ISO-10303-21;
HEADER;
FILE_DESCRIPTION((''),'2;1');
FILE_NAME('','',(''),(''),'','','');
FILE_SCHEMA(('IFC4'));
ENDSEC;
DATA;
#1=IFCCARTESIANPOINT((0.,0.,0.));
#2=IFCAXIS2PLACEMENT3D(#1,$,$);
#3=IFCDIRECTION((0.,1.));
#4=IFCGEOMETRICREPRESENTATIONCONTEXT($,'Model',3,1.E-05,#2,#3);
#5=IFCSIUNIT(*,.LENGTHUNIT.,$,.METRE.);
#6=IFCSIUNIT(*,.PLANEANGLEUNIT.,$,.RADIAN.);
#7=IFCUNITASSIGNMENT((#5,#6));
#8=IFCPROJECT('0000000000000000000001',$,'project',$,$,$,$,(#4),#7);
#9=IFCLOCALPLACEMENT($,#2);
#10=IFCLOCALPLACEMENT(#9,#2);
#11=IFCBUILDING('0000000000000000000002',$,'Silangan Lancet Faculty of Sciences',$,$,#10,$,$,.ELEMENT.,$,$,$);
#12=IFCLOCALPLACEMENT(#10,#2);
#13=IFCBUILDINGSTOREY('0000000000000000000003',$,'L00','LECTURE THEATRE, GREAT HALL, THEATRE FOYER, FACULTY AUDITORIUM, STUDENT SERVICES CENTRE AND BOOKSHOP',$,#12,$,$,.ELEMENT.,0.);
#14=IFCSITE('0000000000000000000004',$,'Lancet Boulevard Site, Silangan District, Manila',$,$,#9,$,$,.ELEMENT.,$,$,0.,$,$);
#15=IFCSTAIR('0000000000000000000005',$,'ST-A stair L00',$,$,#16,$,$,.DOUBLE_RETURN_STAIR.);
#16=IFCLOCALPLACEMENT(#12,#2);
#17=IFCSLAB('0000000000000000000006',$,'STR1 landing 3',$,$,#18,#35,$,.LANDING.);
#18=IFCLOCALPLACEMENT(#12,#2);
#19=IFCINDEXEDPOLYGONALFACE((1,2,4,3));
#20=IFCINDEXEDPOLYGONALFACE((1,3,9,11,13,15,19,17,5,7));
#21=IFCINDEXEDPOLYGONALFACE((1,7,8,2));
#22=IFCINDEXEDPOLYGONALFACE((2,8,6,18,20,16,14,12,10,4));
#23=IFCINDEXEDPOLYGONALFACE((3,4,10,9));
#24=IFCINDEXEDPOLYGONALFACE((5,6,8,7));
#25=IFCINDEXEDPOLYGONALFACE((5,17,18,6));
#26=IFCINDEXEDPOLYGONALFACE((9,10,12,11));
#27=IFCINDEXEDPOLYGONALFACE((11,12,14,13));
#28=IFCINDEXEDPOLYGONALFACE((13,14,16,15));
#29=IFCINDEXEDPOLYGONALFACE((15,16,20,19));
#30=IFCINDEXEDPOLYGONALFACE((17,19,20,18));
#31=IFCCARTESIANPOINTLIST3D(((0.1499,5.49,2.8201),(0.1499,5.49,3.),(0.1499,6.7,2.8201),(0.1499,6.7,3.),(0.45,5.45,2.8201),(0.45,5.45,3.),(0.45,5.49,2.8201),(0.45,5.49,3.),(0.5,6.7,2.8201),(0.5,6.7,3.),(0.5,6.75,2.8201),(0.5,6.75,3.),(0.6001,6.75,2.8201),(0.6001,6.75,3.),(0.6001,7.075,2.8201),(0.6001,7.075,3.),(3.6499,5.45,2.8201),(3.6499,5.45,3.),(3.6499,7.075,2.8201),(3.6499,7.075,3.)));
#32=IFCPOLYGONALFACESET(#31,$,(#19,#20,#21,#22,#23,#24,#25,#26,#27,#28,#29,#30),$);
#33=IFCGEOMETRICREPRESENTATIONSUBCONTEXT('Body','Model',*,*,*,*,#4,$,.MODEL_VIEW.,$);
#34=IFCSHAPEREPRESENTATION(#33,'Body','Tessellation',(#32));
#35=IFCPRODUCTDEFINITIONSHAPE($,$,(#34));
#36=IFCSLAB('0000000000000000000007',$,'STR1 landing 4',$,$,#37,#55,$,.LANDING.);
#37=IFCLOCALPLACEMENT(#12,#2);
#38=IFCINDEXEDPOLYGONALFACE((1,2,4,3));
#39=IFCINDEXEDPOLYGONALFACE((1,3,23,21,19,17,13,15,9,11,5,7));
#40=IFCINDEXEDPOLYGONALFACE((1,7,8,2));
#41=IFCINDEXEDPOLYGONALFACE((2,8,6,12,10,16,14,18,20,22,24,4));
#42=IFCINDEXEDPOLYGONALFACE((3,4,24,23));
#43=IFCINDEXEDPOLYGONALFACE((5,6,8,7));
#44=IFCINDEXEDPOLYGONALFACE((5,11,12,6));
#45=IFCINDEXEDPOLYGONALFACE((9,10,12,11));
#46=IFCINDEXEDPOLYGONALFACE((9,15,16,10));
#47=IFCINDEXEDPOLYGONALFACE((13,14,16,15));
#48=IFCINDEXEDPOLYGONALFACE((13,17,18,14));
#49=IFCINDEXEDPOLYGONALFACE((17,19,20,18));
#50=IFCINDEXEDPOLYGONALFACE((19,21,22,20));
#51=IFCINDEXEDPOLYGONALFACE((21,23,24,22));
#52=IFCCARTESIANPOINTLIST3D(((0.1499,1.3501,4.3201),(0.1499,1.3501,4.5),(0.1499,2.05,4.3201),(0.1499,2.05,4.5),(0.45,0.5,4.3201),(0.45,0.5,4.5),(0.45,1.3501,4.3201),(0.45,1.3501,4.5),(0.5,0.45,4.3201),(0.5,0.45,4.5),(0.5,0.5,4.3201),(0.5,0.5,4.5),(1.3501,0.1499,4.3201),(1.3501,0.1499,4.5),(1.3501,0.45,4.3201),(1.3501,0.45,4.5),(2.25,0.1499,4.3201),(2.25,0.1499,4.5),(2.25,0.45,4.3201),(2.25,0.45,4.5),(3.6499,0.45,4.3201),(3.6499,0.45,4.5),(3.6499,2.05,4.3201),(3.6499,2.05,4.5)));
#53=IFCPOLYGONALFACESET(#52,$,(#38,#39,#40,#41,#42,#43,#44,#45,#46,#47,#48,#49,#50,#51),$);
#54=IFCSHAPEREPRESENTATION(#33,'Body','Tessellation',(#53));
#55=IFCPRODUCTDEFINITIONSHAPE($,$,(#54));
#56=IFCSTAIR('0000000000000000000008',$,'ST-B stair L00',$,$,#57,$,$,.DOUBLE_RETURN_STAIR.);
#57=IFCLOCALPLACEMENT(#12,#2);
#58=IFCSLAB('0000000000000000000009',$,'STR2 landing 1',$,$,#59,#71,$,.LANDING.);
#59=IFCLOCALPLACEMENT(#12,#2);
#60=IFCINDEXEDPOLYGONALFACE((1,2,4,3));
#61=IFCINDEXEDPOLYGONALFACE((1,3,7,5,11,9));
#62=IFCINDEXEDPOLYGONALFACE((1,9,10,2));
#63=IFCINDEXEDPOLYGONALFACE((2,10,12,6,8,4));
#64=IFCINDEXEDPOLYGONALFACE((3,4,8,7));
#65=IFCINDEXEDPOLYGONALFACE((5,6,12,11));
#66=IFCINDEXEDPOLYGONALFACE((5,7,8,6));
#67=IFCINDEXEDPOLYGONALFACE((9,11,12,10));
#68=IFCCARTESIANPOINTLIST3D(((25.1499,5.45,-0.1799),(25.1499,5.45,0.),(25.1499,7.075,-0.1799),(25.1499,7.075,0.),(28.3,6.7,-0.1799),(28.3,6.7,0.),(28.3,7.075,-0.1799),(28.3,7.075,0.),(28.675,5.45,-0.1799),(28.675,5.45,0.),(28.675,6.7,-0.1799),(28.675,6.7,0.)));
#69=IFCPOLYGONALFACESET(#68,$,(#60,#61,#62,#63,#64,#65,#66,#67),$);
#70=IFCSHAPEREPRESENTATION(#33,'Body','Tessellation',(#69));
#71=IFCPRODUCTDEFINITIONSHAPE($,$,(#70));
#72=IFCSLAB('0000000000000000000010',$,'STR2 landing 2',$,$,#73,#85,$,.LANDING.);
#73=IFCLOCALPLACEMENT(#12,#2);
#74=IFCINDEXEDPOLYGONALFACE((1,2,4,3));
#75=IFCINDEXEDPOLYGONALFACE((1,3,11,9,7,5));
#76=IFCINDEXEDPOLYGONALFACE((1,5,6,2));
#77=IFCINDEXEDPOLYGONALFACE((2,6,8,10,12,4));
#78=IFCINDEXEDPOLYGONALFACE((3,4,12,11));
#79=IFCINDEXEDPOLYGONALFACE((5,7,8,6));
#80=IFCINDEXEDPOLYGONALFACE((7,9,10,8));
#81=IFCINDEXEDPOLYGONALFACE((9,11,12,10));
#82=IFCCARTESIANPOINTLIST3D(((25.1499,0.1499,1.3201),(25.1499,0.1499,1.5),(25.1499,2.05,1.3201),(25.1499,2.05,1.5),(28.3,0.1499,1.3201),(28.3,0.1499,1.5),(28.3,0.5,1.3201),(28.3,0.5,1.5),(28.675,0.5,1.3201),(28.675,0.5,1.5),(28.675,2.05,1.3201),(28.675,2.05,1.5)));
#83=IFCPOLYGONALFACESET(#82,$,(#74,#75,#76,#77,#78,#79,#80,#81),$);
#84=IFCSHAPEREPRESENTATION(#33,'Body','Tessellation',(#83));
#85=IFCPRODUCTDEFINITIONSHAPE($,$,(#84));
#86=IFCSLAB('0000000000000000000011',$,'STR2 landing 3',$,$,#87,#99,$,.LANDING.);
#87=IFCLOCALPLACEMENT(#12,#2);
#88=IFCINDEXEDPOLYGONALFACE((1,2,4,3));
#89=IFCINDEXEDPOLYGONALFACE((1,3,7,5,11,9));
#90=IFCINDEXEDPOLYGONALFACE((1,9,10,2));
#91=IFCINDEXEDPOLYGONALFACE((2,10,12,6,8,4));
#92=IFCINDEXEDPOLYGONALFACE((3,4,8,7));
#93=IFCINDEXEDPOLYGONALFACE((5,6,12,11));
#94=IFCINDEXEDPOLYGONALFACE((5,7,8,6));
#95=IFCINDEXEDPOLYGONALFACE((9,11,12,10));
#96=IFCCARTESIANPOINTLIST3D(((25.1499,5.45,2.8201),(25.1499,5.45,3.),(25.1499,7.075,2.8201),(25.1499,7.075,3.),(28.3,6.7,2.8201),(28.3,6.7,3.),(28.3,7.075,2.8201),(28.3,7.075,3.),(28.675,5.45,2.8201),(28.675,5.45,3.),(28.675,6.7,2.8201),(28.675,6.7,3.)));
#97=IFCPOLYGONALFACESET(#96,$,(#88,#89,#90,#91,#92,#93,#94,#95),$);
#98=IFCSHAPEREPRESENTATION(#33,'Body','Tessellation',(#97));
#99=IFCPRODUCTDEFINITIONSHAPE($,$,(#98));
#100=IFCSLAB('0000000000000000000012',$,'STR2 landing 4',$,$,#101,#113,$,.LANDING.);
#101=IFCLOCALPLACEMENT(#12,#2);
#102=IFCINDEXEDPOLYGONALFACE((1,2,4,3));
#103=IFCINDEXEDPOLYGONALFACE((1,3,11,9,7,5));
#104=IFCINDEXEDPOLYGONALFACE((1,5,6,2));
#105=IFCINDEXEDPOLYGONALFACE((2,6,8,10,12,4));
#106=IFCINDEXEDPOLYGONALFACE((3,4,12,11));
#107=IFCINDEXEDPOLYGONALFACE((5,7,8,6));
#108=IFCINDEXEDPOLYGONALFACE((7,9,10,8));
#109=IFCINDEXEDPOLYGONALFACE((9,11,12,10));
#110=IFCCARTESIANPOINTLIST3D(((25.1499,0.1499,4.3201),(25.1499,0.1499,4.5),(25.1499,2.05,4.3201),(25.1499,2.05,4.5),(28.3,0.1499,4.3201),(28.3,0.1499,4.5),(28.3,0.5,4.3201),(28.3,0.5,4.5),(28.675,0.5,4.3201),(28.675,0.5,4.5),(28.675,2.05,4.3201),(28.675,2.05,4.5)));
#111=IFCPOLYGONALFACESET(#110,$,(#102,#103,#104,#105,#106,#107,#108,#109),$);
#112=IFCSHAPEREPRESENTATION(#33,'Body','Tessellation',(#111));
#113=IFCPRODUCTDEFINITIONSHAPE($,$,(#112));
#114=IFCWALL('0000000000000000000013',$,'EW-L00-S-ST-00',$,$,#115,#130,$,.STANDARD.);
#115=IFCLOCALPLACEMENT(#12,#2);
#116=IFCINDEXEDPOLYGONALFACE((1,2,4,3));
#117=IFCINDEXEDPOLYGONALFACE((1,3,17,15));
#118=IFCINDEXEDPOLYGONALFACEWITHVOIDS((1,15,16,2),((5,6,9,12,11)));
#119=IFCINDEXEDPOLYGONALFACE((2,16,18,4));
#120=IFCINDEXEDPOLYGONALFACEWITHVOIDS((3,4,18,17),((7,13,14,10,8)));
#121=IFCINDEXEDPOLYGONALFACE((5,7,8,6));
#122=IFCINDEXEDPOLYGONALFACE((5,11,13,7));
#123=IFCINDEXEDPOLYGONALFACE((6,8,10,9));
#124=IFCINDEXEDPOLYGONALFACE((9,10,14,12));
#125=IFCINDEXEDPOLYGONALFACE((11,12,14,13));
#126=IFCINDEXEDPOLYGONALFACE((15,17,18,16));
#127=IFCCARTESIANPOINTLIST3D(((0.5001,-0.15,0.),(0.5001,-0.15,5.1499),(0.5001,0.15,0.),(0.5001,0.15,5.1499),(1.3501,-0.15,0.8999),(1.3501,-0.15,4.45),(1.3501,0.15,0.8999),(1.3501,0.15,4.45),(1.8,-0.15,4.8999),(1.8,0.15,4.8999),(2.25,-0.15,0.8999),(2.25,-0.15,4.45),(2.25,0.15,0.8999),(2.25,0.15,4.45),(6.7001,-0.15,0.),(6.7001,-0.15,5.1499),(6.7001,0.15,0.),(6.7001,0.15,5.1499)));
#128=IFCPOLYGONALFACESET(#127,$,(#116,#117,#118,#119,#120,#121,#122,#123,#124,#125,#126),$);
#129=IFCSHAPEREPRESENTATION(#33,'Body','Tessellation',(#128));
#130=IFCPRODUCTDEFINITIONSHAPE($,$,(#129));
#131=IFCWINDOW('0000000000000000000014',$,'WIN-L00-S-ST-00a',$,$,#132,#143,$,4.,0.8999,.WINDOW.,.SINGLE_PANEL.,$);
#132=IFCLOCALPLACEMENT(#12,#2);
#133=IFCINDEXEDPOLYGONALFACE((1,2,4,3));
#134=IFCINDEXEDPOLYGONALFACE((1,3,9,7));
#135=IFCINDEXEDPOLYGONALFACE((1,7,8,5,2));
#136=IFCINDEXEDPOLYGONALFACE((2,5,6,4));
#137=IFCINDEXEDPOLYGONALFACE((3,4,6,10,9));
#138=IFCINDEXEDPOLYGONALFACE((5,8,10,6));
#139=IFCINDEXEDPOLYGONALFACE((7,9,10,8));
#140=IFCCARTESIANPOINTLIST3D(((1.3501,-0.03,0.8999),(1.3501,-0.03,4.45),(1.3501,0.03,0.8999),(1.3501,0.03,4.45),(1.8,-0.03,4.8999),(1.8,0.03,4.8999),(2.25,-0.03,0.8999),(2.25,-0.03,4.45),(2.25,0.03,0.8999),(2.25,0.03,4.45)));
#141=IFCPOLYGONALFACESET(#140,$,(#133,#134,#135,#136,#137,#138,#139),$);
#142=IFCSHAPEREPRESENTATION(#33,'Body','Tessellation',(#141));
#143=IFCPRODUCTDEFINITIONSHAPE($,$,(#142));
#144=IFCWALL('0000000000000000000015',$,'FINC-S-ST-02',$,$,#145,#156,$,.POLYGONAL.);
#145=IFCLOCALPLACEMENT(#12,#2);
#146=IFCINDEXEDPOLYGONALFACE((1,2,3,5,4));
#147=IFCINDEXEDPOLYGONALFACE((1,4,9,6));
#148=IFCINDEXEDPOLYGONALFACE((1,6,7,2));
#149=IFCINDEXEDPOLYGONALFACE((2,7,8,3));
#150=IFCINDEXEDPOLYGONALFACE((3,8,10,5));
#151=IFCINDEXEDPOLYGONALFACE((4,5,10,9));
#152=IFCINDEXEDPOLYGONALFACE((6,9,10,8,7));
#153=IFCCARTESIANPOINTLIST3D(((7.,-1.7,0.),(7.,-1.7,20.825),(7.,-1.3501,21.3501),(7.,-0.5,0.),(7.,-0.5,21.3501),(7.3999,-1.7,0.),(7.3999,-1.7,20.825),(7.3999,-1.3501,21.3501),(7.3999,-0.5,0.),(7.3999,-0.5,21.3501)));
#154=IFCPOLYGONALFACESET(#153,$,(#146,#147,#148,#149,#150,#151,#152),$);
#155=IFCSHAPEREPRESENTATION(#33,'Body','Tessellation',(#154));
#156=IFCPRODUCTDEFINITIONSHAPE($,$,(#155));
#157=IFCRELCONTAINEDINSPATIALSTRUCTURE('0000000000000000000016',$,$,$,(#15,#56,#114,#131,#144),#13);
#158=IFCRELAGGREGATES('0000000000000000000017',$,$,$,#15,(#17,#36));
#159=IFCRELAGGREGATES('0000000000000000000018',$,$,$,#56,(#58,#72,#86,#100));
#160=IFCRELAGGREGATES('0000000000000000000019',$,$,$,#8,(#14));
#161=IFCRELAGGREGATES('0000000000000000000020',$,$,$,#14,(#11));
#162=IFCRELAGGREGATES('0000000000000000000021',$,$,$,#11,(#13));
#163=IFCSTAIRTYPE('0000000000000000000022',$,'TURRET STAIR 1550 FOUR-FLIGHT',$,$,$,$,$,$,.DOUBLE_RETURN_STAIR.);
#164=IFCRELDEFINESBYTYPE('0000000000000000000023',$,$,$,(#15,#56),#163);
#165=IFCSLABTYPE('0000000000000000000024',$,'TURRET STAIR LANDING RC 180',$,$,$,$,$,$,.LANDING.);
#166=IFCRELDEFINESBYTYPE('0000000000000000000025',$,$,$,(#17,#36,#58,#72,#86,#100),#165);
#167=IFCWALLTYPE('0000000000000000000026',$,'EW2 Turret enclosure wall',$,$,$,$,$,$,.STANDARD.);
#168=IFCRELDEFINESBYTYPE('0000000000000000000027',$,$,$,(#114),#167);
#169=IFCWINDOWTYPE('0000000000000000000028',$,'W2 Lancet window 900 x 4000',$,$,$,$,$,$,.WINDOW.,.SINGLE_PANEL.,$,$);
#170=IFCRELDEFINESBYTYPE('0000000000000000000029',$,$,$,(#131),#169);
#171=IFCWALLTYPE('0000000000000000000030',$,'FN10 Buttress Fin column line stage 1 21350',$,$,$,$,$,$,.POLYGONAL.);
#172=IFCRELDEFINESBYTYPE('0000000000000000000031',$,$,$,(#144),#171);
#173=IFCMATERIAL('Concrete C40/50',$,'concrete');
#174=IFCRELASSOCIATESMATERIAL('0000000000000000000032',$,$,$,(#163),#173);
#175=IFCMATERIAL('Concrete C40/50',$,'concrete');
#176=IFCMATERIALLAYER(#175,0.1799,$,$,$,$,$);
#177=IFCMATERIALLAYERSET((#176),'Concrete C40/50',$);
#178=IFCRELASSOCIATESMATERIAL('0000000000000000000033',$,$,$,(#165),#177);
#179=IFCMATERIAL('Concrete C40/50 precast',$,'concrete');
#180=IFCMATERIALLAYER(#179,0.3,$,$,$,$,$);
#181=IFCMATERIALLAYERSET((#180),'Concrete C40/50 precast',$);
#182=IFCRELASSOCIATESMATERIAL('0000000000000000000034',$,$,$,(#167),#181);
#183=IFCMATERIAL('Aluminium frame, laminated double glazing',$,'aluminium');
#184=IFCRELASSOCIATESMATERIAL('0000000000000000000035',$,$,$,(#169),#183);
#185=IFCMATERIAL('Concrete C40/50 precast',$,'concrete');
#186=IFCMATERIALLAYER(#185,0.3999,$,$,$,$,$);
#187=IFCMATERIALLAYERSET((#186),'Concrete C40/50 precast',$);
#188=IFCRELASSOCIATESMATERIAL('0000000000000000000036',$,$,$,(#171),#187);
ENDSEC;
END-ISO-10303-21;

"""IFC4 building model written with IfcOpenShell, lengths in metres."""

from ifc_helpers import new_model, si_unit, direction, frame, frame_2d, origin, place, context, subcontext, project, spatial, polyline, rectangle, outline, extrude, material, layer, layer_set, type_object, element, fill, aggregate, save


model = new_model("IFC4")

# Units and contexts
model_context = context("Model", 3, precision=1e-05, world=origin(), true_north=direction((0.0, 1.0)))
body_context = subcontext(model_context, "Body", "Model", "MODEL_VIEW")
ifc_project = project(units=[si_unit("LENGTHUNIT", "METRE"), si_unit("PLANEANGLEUNIT", "RADIAN")], contexts=[model_context])

# Site, building, storey
site_placement = place(None, origin())
site = spatial("IfcSite", under=ifc_project, at=site_placement, Name="Lancet Boulevard Site, Silangan District, Manila", CompositionType="ELEMENT", RefElevation=0.0)
building_placement = place(site_placement, origin())
building = spatial("IfcBuilding", under=site, at=building_placement, Name="Silangan Lancet Faculty of Sciences", CompositionType="ELEMENT")
storey_placement = place(building_placement, origin())
storey = spatial("IfcBuildingStorey", under=building, at=storey_placement, Name="L00", Description="LECTURE THEATRE, GREAT HALL, THEATRE FOYER, FACULTY AUDITORIUM, STUDENT SERVICES CENTRE AND BOOKSHOP", CompositionType="ELEMENT", Elevation=0.0)

# Stairs, slabs
ifc_material_1 = material(Name="Concrete C40/50", Category="concrete")
stair_type = type_object("IfcStairType", Name="TURRET STAIR 1550 FOUR-FLIGHT", PredefinedType="DOUBLE_RETURN_STAIR", material=ifc_material_1)
ifc_material_2 = material(Name="Concrete C40/50", Category="concrete")
ifc_layer_1 = layer(ifc_material_2, 0.1799)
ifc_layer_set_1 = layer_set([ifc_layer_1], Name="Concrete C40/50")
slab_type = type_object("IfcSlabType", Name="TURRET STAIR LANDING RC 180", PredefinedType="LANDING", material=ifc_layer_set_1)
stair_1_placement = place(storey_placement, origin())
stair_1 = element("IfcStair", 1, at=stair_1_placement, inside=storey, type_object=stair_type, Name="ST-A stair L00", PredefinedType="DOUBLE_RETURN_STAIR")
slab_1_placement = place(storey_placement, frame((0.0, 0.0, 2.8201)))
slab_1 = element("IfcSlab", 2, at=slab_1_placement, type_object=slab_type, Name="STR1 landing 3", PredefinedType="LANDING", context=body_context, shape_type="SweptSolid", body=[
    extrude(outline(polyline([(0.6001, 6.75), (0.6001, 7.075), (3.6499, 7.075), (3.6499, 5.45), (0.45, 5.45), (0.45, 5.49), (0.1499, 5.49), (0.1499, 6.7), (0.5, 6.7), (0.5, 6.75), (0.6001, 6.75)])), origin(), (0.0, 0.0, 1.0), 0.1799),
])
slab_2_placement = place(storey_placement, frame((0.0, 0.0, 4.3201)))
slab_2 = element("IfcSlab", 3, at=slab_2_placement, type_object=slab_type, Name="STR1 landing 4", PredefinedType="LANDING", context=body_context, shape_type="SweptSolid", body=[
    extrude(outline(polyline([(1.3501, 0.1499), (1.3501, 0.45), (0.5, 0.45), (0.5, 0.5), (0.45, 0.5), (0.45, 1.3501), (0.1499, 1.3501), (0.1499, 2.05), (3.6499, 2.05), (3.6499, 0.45), (2.25, 0.45), (2.25, 0.1499), (1.3501, 0.1499)])), origin(), (0.0, 0.0, 1.0), 0.1799),
])
aggregate(stair_1, [slab_1, slab_2])
stair_2_placement = place(storey_placement, origin())
stair_2 = element("IfcStair", 4, at=stair_2_placement, inside=storey, type_object=stair_type, Name="ST-B stair L00", PredefinedType="DOUBLE_RETURN_STAIR")
slab_3_placement = place(storey_placement, frame((0.0, 0.0, -0.1799)))
slab_3 = element("IfcSlab", 5, at=slab_3_placement, type_object=slab_type, Name="STR2 landing 1", PredefinedType="LANDING", context=body_context, shape_type="SweptSolid", body=[
    extrude(outline(polyline([(28.675, 6.7), (28.675, 5.45), (25.1499, 5.45), (25.1499, 7.075), (28.3, 7.075), (28.3, 6.7), (28.675, 6.7)])), origin(), (0.0, 0.0, 1.0), 0.1799),
])
slab_4_placement = place(storey_placement, frame((0.0, 0.0, 1.3201)))
slab_4 = element("IfcSlab", 6, at=slab_4_placement, type_object=slab_type, Name="STR2 landing 2", PredefinedType="LANDING", context=body_context, shape_type="SweptSolid", body=[
    extrude(outline(polyline([(28.675, 2.05), (28.675, 0.5), (28.3, 0.5), (28.3, 0.1499), (25.1499, 0.1499), (25.1499, 2.05), (28.675, 2.05)])), origin(), (0.0, 0.0, 1.0), 0.1799),
])
slab_5_placement = place(storey_placement, frame((0.0, 0.0, 2.8201)))
slab_5 = element("IfcSlab", 7, at=slab_5_placement, type_object=slab_type, Name="STR2 landing 3", PredefinedType="LANDING", context=body_context, shape_type="SweptSolid", body=[
    extrude(outline(polyline([(28.675, 6.7), (28.675, 5.45), (25.1499, 5.45), (25.1499, 7.075), (28.3, 7.075), (28.3, 6.7), (28.675, 6.7)])), origin(), (0.0, 0.0, 1.0), 0.1799),
])
slab_6_placement = place(storey_placement, frame((0.0, 0.0, 4.3201)))
slab_6 = element("IfcSlab", 8, at=slab_6_placement, type_object=slab_type, Name="STR2 landing 4", PredefinedType="LANDING", context=body_context, shape_type="SweptSolid", body=[
    extrude(outline(polyline([(28.675, 2.05), (28.675, 0.5), (28.3, 0.5), (28.3, 0.1499), (25.1499, 0.1499), (25.1499, 2.05), (28.675, 2.05)])), origin(), (0.0, 0.0, 1.0), 0.1799),
])
aggregate(stair_2, [slab_3, slab_4, slab_5, slab_6])

# Wall, opening, window
ifc_material_3 = material(Name="Concrete C40/50 precast", Category="concrete")
ifc_layer_2 = layer(ifc_material_3, 0.3)
ifc_layer_set_2 = layer_set([ifc_layer_2], Name="Concrete C40/50 precast")
wall_type_1 = type_object("IfcWallType", Name="EW2 Turret enclosure wall", PredefinedType="STANDARD", material=ifc_layer_set_2)
wall_1_placement = place(storey_placement, frame((0.5, 0.0, 0.0), z_axis=(0.0, 0.0, 1.0), x_axis=(1.0, 0.0, 0.0)))
wall_1 = element("IfcWall", 9, at=wall_1_placement, inside=storey, type_object=wall_type_1, Name="EW-L00-S-ST-00", PredefinedType="STANDARD", context=body_context, shape_type="SweptSolid", body=[
    extrude(rectangle(XDim=6.2, YDim=0.3, at=frame_2d((3.1001, 0.0))), origin(), (0.0, 0.0, 1.0), 5.1499),
])
opening_1_placement = place(wall_1_placement, frame((0.8501, 0.0, 0.8999)))
opening_1 = element("IfcOpeningElement", 10, at=opening_1_placement, cuts=wall_1, PredefinedType="OPENING", context=body_context, shape_type="SweptSolid", body=[
    extrude(outline(polyline([(0.0, 0.0), (0.8999, 0.0), (0.8999, 3.55), (0.45, 4.0), (0.0, 3.55), (0.0, 0.0)])), frame((0.0, 0.1599, 0.0), z_axis=(0.0, -1.0, 0.0), x_axis=(1.0, 0.0, 0.0)), (0.0, 0.0, 1.0), 0.3201),
])
ifc_material_4 = material(Name="Aluminium frame, laminated double glazing", Category="aluminium")
window_type = type_object("IfcWindowType", Name="W2 Lancet window 900 x 4000", PartitioningType="SINGLE_PANEL", PredefinedType="WINDOW", material=ifc_material_4)
window_placement = place(opening_1_placement, origin())
window = element("IfcWindow", 11, at=window_placement, inside=storey, type_object=window_type, Name="WIN-L00-S-ST-00a", OverallHeight=4.0, OverallWidth=0.8999, PartitioningType="SINGLE_PANEL", PredefinedType="WINDOW", context=body_context, shape_type="SweptSolid", body=[
    extrude(outline(polyline([(0.0, 0.0), (0.8999, 0.0), (0.8999, 3.55), (0.45, 4.0), (0.0, 3.55), (0.0, 0.0)])), frame((0.0, 0.03, 0.0), z_axis=(0.0, -1.0, 0.0), x_axis=(1.0, 0.0, 0.0)), (0.0, 0.0, 1.0), 0.0601),
])
fill(opening_1, window)

# Wall
ifc_material_5 = material(Name="Concrete C40/50 precast", Category="concrete")
ifc_layer_3 = layer(ifc_material_5, 0.3999)
ifc_layer_set_3 = layer_set([ifc_layer_3], Name="Concrete C40/50 precast")
wall_type_2 = type_object("IfcWallType", Name="FN10 Buttress Fin column line stage 1 21350", PredefinedType="POLYGONAL", material=ifc_layer_set_3)
wall_2_placement = place(storey_placement, frame((7.2, -0.5, 0.0), z_axis=(0.0, 0.0, 1.0), x_axis=(0.0, -1.0, 0.0)))
element("IfcWall", 12, at=wall_2_placement, inside=storey, type_object=wall_type_2, Name="FINC-S-ST-02", PredefinedType="POLYGONAL", context=body_context, shape_type="SweptSolid", body=[
    extrude(outline(polyline([(1.2, 0.0), (1.2, 20.825), (0.8501, 21.3501), (0.0, 21.3501), (0.0, 0.0), (1.2, 0.0)])), frame((0.0, 0.2, 0.0), z_axis=(0.0, -1.0, 0.0), x_axis=(1.0, 0.0, 0.0)), (0.0, 0.0, 1.0), 0.3999),
])

save(model, "model.ifc")
